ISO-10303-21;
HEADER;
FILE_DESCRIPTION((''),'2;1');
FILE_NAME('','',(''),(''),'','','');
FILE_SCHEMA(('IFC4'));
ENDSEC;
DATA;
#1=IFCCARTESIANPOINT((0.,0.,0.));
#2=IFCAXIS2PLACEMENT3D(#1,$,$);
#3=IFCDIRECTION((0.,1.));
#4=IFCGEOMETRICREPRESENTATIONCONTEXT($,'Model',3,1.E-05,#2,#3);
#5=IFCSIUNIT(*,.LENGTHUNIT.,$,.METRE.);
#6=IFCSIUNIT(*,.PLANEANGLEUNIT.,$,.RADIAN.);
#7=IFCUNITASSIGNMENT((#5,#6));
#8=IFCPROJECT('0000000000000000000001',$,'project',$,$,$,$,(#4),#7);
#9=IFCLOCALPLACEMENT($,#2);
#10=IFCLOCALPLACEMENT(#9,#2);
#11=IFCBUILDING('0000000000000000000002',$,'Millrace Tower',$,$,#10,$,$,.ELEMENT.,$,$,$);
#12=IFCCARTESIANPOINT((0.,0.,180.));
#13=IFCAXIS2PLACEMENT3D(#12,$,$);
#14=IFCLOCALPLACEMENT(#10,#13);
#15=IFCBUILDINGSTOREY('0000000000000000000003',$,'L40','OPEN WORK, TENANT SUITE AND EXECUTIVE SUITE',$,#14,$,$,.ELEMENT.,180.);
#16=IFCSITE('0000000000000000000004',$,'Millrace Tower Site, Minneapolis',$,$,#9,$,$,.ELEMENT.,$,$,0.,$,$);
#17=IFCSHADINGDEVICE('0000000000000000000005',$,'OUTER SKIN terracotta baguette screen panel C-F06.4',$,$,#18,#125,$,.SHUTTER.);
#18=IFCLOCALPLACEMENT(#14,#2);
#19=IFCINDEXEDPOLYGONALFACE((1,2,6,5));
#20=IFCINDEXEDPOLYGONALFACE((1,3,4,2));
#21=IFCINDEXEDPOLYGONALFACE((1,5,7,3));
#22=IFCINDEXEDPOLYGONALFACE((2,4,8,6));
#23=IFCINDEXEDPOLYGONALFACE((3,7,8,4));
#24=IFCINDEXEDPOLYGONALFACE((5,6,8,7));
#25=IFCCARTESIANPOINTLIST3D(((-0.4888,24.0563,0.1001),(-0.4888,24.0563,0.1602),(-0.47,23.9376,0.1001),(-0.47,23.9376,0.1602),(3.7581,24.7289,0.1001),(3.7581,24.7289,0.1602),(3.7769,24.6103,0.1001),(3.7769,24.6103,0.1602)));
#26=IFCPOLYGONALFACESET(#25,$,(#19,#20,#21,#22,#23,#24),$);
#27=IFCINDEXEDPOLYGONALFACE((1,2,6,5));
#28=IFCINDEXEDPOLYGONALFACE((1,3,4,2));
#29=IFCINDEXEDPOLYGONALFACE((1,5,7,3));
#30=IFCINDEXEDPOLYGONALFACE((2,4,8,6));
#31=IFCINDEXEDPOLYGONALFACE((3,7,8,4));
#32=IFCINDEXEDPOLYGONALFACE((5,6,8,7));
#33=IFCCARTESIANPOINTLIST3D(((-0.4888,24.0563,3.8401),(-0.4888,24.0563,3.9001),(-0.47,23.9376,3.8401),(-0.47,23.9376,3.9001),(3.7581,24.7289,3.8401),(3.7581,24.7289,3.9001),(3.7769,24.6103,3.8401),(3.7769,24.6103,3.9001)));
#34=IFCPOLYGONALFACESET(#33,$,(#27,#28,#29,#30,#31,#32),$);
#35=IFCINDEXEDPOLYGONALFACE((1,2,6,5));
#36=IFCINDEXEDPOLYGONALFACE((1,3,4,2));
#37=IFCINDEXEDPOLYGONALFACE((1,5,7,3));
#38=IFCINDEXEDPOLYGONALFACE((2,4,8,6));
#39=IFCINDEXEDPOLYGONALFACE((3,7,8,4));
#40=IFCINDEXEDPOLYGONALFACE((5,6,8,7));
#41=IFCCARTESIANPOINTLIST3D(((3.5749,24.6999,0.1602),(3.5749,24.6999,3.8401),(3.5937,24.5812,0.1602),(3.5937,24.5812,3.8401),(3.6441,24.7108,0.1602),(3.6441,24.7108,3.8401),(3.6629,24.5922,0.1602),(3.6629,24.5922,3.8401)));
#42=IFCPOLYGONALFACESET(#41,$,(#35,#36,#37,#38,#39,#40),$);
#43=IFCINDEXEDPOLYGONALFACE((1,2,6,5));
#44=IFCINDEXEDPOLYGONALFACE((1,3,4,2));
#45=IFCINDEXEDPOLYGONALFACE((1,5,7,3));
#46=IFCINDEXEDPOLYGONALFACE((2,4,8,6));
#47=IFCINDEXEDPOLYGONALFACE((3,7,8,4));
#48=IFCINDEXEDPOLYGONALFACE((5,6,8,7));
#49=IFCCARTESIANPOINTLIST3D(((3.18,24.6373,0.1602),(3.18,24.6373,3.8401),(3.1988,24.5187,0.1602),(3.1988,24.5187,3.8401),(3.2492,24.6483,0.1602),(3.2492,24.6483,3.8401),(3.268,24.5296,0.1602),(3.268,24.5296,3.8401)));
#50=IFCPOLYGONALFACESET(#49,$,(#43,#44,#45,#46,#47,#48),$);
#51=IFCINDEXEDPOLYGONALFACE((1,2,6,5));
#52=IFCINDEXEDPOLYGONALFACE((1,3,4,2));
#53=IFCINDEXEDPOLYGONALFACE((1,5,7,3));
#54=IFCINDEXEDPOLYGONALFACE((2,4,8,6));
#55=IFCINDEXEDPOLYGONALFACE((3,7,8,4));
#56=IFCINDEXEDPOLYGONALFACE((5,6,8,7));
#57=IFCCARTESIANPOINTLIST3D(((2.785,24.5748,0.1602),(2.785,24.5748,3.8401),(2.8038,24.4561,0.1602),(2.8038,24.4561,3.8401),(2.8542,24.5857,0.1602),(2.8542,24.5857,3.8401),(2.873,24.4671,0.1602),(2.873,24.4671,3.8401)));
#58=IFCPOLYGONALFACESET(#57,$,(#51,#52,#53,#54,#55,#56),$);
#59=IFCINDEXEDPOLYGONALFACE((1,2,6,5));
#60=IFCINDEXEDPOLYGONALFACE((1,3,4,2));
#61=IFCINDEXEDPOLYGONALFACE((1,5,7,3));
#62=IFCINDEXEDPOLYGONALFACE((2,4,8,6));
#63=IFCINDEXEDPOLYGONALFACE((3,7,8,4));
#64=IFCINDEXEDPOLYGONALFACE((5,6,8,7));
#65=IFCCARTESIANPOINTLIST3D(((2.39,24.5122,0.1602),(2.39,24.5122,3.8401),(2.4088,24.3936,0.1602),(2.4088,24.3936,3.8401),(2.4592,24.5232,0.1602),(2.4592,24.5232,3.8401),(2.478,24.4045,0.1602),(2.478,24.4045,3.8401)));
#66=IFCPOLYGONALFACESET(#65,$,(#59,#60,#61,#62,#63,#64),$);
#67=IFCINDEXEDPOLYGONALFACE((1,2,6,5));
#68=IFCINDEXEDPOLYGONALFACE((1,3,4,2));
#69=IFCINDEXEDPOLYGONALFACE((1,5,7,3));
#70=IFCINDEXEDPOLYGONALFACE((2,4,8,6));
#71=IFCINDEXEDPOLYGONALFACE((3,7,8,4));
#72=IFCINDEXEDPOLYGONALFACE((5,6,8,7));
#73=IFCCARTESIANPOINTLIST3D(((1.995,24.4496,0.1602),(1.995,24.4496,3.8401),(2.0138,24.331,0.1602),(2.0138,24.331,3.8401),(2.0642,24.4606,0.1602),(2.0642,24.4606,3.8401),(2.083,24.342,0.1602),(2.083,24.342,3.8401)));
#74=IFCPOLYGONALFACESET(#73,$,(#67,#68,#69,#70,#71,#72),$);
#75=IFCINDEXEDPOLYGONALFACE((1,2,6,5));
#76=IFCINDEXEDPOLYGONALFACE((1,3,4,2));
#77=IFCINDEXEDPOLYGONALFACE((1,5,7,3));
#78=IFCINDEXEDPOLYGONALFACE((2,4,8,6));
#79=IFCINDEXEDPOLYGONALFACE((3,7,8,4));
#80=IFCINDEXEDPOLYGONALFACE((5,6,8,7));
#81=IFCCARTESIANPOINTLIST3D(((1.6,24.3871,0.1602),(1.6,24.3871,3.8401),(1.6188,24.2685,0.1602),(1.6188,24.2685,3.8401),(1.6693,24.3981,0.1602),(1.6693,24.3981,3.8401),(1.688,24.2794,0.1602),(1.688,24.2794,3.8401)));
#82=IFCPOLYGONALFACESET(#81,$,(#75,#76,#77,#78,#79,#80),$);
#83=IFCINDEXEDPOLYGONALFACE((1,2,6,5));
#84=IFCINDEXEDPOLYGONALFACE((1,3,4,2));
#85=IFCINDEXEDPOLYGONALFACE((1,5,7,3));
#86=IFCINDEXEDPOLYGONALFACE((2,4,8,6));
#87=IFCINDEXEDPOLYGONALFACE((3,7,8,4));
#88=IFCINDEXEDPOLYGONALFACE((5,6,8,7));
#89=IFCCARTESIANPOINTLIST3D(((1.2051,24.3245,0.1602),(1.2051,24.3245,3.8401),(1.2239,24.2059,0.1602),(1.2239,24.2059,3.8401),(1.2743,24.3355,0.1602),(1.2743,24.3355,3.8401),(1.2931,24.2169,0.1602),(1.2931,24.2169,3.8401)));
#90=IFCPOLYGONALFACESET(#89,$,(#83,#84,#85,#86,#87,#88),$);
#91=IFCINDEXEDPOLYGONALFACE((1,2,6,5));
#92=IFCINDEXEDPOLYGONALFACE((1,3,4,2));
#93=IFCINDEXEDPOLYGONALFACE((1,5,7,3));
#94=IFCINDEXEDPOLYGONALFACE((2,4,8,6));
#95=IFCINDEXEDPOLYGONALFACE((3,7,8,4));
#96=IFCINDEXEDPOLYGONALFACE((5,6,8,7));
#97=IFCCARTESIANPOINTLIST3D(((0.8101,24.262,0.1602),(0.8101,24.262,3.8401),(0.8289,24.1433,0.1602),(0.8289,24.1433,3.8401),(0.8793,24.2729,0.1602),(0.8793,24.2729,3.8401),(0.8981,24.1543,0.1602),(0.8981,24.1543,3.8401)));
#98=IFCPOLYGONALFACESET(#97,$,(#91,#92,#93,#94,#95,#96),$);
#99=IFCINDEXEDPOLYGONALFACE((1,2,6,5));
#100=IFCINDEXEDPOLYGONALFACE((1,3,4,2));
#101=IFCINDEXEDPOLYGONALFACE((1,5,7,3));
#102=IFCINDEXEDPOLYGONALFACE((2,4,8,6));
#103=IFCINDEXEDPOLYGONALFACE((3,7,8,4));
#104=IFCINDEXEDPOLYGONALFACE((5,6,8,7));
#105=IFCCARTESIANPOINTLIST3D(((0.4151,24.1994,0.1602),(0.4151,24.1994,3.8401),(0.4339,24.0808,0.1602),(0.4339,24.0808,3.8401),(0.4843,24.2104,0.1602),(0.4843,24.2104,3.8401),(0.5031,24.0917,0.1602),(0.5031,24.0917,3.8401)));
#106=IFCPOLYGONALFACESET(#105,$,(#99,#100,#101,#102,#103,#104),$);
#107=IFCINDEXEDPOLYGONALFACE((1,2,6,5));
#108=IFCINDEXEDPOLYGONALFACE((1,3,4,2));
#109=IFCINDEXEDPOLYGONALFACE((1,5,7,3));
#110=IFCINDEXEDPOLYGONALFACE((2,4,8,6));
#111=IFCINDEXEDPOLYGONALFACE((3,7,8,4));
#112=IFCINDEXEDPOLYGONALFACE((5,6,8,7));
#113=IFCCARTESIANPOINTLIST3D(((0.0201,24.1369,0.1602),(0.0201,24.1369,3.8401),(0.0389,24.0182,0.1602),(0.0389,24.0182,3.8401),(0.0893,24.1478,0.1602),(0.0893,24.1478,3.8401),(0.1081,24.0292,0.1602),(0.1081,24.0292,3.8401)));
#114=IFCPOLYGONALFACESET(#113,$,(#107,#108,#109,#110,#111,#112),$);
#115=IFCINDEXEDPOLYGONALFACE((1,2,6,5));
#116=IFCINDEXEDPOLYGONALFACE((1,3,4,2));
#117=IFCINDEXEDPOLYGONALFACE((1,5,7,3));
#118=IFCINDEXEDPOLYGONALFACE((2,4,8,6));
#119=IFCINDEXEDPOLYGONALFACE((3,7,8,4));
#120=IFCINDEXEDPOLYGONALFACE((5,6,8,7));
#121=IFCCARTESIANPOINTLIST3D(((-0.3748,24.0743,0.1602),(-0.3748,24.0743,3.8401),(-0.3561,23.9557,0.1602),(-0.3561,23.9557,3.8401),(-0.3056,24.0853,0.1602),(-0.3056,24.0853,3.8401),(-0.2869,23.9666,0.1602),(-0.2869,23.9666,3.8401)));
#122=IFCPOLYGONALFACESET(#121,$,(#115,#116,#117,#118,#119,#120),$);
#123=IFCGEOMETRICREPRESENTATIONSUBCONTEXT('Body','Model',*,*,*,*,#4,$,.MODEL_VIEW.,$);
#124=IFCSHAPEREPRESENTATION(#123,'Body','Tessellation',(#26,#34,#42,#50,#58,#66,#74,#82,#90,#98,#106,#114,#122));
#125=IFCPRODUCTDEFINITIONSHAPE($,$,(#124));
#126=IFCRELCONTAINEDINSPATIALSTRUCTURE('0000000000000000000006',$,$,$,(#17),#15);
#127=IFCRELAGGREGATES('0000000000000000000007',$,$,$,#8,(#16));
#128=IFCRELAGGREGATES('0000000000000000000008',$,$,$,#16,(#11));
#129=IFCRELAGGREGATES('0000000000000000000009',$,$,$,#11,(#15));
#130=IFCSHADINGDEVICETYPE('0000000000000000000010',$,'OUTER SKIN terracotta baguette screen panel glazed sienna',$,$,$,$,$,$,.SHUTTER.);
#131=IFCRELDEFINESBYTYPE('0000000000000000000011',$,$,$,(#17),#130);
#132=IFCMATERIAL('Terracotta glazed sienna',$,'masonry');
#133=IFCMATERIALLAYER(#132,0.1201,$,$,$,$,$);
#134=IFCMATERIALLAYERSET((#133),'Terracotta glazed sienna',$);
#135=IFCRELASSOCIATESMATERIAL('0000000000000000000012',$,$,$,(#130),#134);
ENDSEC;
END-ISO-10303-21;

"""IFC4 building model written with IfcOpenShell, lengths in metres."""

from ifc_helpers import new_model, entity, si_unit, direction, frame, frame_2d, origin, origin_2d, place, context, subcontext, project, spatial, rectangle, extrude, source, transform, mapped, material, layer, layer_set, type_object, element, save


model = new_model("IFC4")

# Units and contexts
model_context = context("Model", 3, precision=1e-05, world=origin(), true_north=direction((0.0, 1.0)))
body_context = subcontext(model_context, "Body", "Model", "MODEL_VIEW")
ifc_project = project(units=[si_unit("LENGTHUNIT", "METRE"), si_unit("PLANEANGLEUNIT", "RADIAN")], contexts=[model_context])

# Site, building, storey
site_placement = place(None, origin())
site = spatial("IfcSite", under=ifc_project, at=site_placement, Name="Millrace Tower Site, Minneapolis", CompositionType="ELEMENT", RefElevation=0.0)
building_placement = place(site_placement, origin())
building = spatial("IfcBuilding", under=site, at=building_placement, Name="Millrace Tower", CompositionType="ELEMENT")
storey_placement = place(building_placement, frame((0.0, 0.0, 180.0)))
storey = spatial("IfcBuildingStorey", under=building, at=storey_placement, Name="L40", Description="OPEN WORK, TENANT SUITE AND EXECUTIVE SUITE", CompositionType="ELEMENT", Elevation=180.0)

# Shading device
ifc_material_1 = material(Name="Terracotta glazed sienna", Category="masonry")
ifc_layer_1 = layer(ifc_material_1, 0.1201)
ifc_layer_set_1 = layer_set([ifc_layer_1], Name="Terracotta glazed sienna")
shading_device_type = type_object("IfcShadingDeviceType", Name="OUTER SKIN terracotta baguette screen panel glazed sienna", PredefinedType="SHUTTER", material=ifc_layer_set_1)
cartesian_point_1 = entity("IfcCartesianPoint", [-2.1499, 0.0601])
shared_polyline_1 = entity("IfcPolyline", [cartesian_point_1, entity("IfcCartesianPoint", [2.1499, 0.0601]), entity("IfcCartesianPoint", [2.1499, -0.0601]), entity("IfcCartesianPoint", [-2.1499, -0.0601]), cartesian_point_1])
shared_shape_1 = source(origin(), body_context, "Body", "SweptSolid", [
    entity("IfcExtrudedAreaSolid", entity("IfcArbitraryClosedProfileDef", "AREA", None, shared_polyline_1), entity("IfcAxis2Placement3D", entity("IfcCartesianPoint", [0.0, 0.0, 0.0])), entity("IfcDirection", [0.0, 0.0, 1.0]), 0.0601),
    entity("IfcExtrudedAreaSolid", entity("IfcArbitraryClosedProfileDef", "AREA", None, shared_polyline_1), entity("IfcAxis2Placement3D", entity("IfcCartesianPoint", [0.0, 0.0, 3.74])), entity("IfcDirection", [0.0, 0.0, 1.0]), 0.0601),
    extrude(rectangle(XDim=0.0701, YDim=0.1201, at=frame_2d((-1.9995, 0.0))), frame((0.0, 0.0, 0.0601)), (0.0, 0.0, 1.0), 3.6799),
    extrude(rectangle(XDim=0.0701, YDim=0.1201, at=frame_2d((-1.5996, 0.0))), frame((0.0, 0.0, 0.0601)), (0.0, 0.0, 1.0), 3.6799),
    extrude(rectangle(XDim=0.0701, YDim=0.1201, at=frame_2d((-1.1997, 0.0))), frame((0.0, 0.0, 0.0601)), (0.0, 0.0, 1.0), 3.6799),
    extrude(rectangle(XDim=0.0701, YDim=0.1201, at=frame_2d((-0.7998, 0.0))), frame((0.0, 0.0, 0.0601)), (0.0, 0.0, 1.0), 3.6799),
    extrude(rectangle(XDim=0.0701, YDim=0.1201, at=frame_2d((-0.3999, 0.0))), frame((0.0, 0.0, 0.0601)), (0.0, 0.0, 1.0), 3.6799),
    extrude(rectangle(XDim=0.0701, YDim=0.1201, at=origin_2d()), frame((0.0, 0.0, 0.0601)), (0.0, 0.0, 1.0), 3.6799),
    extrude(rectangle(XDim=0.0701, YDim=0.1201, at=frame_2d((0.3999, 0.0))), frame((0.0, 0.0, 0.0601)), (0.0, 0.0, 1.0), 3.6799),
    extrude(rectangle(XDim=0.0701, YDim=0.1201, at=frame_2d((0.7998, 0.0))), frame((0.0, 0.0, 0.0601)), (0.0, 0.0, 1.0), 3.6799),
    extrude(rectangle(XDim=0.0701, YDim=0.1201, at=frame_2d((1.1997, 0.0))), frame((0.0, 0.0, 0.0601)), (0.0, 0.0, 1.0), 3.6799),
    extrude(rectangle(XDim=0.0701, YDim=0.1201, at=frame_2d((1.5996, 0.0))), frame((0.0, 0.0, 0.0601)), (0.0, 0.0, 1.0), 3.6799),
    extrude(rectangle(XDim=0.0701, YDim=0.1201, at=frame_2d((1.9995, 0.0))), frame((0.0, 0.0, 0.0601)), (0.0, 0.0, 1.0), 3.6799),
])
for number, where, z_axis, x_axis, name in (
    (1, (1.644, 24.3333, 0.1001), (0.0, 0.0, 1.0), (-0.987688, -0.156434, 0.0), "OUTER SKIN terracotta baguette screen panel C-F06.4"),
):
    element("IfcShadingDevice", number, at=place(storey_placement, frame(where, z_axis=z_axis, x_axis=x_axis)), inside=storey, type_object=shading_device_type, Name=name, PredefinedType="SHUTTER", context=body_context, shape_type="MappedRepresentation", body=[
        mapped(shared_shape_1, transform((0.0, 0.0, 0.0), scale=1.0)),
    ])

save(model, "model.ifc")
